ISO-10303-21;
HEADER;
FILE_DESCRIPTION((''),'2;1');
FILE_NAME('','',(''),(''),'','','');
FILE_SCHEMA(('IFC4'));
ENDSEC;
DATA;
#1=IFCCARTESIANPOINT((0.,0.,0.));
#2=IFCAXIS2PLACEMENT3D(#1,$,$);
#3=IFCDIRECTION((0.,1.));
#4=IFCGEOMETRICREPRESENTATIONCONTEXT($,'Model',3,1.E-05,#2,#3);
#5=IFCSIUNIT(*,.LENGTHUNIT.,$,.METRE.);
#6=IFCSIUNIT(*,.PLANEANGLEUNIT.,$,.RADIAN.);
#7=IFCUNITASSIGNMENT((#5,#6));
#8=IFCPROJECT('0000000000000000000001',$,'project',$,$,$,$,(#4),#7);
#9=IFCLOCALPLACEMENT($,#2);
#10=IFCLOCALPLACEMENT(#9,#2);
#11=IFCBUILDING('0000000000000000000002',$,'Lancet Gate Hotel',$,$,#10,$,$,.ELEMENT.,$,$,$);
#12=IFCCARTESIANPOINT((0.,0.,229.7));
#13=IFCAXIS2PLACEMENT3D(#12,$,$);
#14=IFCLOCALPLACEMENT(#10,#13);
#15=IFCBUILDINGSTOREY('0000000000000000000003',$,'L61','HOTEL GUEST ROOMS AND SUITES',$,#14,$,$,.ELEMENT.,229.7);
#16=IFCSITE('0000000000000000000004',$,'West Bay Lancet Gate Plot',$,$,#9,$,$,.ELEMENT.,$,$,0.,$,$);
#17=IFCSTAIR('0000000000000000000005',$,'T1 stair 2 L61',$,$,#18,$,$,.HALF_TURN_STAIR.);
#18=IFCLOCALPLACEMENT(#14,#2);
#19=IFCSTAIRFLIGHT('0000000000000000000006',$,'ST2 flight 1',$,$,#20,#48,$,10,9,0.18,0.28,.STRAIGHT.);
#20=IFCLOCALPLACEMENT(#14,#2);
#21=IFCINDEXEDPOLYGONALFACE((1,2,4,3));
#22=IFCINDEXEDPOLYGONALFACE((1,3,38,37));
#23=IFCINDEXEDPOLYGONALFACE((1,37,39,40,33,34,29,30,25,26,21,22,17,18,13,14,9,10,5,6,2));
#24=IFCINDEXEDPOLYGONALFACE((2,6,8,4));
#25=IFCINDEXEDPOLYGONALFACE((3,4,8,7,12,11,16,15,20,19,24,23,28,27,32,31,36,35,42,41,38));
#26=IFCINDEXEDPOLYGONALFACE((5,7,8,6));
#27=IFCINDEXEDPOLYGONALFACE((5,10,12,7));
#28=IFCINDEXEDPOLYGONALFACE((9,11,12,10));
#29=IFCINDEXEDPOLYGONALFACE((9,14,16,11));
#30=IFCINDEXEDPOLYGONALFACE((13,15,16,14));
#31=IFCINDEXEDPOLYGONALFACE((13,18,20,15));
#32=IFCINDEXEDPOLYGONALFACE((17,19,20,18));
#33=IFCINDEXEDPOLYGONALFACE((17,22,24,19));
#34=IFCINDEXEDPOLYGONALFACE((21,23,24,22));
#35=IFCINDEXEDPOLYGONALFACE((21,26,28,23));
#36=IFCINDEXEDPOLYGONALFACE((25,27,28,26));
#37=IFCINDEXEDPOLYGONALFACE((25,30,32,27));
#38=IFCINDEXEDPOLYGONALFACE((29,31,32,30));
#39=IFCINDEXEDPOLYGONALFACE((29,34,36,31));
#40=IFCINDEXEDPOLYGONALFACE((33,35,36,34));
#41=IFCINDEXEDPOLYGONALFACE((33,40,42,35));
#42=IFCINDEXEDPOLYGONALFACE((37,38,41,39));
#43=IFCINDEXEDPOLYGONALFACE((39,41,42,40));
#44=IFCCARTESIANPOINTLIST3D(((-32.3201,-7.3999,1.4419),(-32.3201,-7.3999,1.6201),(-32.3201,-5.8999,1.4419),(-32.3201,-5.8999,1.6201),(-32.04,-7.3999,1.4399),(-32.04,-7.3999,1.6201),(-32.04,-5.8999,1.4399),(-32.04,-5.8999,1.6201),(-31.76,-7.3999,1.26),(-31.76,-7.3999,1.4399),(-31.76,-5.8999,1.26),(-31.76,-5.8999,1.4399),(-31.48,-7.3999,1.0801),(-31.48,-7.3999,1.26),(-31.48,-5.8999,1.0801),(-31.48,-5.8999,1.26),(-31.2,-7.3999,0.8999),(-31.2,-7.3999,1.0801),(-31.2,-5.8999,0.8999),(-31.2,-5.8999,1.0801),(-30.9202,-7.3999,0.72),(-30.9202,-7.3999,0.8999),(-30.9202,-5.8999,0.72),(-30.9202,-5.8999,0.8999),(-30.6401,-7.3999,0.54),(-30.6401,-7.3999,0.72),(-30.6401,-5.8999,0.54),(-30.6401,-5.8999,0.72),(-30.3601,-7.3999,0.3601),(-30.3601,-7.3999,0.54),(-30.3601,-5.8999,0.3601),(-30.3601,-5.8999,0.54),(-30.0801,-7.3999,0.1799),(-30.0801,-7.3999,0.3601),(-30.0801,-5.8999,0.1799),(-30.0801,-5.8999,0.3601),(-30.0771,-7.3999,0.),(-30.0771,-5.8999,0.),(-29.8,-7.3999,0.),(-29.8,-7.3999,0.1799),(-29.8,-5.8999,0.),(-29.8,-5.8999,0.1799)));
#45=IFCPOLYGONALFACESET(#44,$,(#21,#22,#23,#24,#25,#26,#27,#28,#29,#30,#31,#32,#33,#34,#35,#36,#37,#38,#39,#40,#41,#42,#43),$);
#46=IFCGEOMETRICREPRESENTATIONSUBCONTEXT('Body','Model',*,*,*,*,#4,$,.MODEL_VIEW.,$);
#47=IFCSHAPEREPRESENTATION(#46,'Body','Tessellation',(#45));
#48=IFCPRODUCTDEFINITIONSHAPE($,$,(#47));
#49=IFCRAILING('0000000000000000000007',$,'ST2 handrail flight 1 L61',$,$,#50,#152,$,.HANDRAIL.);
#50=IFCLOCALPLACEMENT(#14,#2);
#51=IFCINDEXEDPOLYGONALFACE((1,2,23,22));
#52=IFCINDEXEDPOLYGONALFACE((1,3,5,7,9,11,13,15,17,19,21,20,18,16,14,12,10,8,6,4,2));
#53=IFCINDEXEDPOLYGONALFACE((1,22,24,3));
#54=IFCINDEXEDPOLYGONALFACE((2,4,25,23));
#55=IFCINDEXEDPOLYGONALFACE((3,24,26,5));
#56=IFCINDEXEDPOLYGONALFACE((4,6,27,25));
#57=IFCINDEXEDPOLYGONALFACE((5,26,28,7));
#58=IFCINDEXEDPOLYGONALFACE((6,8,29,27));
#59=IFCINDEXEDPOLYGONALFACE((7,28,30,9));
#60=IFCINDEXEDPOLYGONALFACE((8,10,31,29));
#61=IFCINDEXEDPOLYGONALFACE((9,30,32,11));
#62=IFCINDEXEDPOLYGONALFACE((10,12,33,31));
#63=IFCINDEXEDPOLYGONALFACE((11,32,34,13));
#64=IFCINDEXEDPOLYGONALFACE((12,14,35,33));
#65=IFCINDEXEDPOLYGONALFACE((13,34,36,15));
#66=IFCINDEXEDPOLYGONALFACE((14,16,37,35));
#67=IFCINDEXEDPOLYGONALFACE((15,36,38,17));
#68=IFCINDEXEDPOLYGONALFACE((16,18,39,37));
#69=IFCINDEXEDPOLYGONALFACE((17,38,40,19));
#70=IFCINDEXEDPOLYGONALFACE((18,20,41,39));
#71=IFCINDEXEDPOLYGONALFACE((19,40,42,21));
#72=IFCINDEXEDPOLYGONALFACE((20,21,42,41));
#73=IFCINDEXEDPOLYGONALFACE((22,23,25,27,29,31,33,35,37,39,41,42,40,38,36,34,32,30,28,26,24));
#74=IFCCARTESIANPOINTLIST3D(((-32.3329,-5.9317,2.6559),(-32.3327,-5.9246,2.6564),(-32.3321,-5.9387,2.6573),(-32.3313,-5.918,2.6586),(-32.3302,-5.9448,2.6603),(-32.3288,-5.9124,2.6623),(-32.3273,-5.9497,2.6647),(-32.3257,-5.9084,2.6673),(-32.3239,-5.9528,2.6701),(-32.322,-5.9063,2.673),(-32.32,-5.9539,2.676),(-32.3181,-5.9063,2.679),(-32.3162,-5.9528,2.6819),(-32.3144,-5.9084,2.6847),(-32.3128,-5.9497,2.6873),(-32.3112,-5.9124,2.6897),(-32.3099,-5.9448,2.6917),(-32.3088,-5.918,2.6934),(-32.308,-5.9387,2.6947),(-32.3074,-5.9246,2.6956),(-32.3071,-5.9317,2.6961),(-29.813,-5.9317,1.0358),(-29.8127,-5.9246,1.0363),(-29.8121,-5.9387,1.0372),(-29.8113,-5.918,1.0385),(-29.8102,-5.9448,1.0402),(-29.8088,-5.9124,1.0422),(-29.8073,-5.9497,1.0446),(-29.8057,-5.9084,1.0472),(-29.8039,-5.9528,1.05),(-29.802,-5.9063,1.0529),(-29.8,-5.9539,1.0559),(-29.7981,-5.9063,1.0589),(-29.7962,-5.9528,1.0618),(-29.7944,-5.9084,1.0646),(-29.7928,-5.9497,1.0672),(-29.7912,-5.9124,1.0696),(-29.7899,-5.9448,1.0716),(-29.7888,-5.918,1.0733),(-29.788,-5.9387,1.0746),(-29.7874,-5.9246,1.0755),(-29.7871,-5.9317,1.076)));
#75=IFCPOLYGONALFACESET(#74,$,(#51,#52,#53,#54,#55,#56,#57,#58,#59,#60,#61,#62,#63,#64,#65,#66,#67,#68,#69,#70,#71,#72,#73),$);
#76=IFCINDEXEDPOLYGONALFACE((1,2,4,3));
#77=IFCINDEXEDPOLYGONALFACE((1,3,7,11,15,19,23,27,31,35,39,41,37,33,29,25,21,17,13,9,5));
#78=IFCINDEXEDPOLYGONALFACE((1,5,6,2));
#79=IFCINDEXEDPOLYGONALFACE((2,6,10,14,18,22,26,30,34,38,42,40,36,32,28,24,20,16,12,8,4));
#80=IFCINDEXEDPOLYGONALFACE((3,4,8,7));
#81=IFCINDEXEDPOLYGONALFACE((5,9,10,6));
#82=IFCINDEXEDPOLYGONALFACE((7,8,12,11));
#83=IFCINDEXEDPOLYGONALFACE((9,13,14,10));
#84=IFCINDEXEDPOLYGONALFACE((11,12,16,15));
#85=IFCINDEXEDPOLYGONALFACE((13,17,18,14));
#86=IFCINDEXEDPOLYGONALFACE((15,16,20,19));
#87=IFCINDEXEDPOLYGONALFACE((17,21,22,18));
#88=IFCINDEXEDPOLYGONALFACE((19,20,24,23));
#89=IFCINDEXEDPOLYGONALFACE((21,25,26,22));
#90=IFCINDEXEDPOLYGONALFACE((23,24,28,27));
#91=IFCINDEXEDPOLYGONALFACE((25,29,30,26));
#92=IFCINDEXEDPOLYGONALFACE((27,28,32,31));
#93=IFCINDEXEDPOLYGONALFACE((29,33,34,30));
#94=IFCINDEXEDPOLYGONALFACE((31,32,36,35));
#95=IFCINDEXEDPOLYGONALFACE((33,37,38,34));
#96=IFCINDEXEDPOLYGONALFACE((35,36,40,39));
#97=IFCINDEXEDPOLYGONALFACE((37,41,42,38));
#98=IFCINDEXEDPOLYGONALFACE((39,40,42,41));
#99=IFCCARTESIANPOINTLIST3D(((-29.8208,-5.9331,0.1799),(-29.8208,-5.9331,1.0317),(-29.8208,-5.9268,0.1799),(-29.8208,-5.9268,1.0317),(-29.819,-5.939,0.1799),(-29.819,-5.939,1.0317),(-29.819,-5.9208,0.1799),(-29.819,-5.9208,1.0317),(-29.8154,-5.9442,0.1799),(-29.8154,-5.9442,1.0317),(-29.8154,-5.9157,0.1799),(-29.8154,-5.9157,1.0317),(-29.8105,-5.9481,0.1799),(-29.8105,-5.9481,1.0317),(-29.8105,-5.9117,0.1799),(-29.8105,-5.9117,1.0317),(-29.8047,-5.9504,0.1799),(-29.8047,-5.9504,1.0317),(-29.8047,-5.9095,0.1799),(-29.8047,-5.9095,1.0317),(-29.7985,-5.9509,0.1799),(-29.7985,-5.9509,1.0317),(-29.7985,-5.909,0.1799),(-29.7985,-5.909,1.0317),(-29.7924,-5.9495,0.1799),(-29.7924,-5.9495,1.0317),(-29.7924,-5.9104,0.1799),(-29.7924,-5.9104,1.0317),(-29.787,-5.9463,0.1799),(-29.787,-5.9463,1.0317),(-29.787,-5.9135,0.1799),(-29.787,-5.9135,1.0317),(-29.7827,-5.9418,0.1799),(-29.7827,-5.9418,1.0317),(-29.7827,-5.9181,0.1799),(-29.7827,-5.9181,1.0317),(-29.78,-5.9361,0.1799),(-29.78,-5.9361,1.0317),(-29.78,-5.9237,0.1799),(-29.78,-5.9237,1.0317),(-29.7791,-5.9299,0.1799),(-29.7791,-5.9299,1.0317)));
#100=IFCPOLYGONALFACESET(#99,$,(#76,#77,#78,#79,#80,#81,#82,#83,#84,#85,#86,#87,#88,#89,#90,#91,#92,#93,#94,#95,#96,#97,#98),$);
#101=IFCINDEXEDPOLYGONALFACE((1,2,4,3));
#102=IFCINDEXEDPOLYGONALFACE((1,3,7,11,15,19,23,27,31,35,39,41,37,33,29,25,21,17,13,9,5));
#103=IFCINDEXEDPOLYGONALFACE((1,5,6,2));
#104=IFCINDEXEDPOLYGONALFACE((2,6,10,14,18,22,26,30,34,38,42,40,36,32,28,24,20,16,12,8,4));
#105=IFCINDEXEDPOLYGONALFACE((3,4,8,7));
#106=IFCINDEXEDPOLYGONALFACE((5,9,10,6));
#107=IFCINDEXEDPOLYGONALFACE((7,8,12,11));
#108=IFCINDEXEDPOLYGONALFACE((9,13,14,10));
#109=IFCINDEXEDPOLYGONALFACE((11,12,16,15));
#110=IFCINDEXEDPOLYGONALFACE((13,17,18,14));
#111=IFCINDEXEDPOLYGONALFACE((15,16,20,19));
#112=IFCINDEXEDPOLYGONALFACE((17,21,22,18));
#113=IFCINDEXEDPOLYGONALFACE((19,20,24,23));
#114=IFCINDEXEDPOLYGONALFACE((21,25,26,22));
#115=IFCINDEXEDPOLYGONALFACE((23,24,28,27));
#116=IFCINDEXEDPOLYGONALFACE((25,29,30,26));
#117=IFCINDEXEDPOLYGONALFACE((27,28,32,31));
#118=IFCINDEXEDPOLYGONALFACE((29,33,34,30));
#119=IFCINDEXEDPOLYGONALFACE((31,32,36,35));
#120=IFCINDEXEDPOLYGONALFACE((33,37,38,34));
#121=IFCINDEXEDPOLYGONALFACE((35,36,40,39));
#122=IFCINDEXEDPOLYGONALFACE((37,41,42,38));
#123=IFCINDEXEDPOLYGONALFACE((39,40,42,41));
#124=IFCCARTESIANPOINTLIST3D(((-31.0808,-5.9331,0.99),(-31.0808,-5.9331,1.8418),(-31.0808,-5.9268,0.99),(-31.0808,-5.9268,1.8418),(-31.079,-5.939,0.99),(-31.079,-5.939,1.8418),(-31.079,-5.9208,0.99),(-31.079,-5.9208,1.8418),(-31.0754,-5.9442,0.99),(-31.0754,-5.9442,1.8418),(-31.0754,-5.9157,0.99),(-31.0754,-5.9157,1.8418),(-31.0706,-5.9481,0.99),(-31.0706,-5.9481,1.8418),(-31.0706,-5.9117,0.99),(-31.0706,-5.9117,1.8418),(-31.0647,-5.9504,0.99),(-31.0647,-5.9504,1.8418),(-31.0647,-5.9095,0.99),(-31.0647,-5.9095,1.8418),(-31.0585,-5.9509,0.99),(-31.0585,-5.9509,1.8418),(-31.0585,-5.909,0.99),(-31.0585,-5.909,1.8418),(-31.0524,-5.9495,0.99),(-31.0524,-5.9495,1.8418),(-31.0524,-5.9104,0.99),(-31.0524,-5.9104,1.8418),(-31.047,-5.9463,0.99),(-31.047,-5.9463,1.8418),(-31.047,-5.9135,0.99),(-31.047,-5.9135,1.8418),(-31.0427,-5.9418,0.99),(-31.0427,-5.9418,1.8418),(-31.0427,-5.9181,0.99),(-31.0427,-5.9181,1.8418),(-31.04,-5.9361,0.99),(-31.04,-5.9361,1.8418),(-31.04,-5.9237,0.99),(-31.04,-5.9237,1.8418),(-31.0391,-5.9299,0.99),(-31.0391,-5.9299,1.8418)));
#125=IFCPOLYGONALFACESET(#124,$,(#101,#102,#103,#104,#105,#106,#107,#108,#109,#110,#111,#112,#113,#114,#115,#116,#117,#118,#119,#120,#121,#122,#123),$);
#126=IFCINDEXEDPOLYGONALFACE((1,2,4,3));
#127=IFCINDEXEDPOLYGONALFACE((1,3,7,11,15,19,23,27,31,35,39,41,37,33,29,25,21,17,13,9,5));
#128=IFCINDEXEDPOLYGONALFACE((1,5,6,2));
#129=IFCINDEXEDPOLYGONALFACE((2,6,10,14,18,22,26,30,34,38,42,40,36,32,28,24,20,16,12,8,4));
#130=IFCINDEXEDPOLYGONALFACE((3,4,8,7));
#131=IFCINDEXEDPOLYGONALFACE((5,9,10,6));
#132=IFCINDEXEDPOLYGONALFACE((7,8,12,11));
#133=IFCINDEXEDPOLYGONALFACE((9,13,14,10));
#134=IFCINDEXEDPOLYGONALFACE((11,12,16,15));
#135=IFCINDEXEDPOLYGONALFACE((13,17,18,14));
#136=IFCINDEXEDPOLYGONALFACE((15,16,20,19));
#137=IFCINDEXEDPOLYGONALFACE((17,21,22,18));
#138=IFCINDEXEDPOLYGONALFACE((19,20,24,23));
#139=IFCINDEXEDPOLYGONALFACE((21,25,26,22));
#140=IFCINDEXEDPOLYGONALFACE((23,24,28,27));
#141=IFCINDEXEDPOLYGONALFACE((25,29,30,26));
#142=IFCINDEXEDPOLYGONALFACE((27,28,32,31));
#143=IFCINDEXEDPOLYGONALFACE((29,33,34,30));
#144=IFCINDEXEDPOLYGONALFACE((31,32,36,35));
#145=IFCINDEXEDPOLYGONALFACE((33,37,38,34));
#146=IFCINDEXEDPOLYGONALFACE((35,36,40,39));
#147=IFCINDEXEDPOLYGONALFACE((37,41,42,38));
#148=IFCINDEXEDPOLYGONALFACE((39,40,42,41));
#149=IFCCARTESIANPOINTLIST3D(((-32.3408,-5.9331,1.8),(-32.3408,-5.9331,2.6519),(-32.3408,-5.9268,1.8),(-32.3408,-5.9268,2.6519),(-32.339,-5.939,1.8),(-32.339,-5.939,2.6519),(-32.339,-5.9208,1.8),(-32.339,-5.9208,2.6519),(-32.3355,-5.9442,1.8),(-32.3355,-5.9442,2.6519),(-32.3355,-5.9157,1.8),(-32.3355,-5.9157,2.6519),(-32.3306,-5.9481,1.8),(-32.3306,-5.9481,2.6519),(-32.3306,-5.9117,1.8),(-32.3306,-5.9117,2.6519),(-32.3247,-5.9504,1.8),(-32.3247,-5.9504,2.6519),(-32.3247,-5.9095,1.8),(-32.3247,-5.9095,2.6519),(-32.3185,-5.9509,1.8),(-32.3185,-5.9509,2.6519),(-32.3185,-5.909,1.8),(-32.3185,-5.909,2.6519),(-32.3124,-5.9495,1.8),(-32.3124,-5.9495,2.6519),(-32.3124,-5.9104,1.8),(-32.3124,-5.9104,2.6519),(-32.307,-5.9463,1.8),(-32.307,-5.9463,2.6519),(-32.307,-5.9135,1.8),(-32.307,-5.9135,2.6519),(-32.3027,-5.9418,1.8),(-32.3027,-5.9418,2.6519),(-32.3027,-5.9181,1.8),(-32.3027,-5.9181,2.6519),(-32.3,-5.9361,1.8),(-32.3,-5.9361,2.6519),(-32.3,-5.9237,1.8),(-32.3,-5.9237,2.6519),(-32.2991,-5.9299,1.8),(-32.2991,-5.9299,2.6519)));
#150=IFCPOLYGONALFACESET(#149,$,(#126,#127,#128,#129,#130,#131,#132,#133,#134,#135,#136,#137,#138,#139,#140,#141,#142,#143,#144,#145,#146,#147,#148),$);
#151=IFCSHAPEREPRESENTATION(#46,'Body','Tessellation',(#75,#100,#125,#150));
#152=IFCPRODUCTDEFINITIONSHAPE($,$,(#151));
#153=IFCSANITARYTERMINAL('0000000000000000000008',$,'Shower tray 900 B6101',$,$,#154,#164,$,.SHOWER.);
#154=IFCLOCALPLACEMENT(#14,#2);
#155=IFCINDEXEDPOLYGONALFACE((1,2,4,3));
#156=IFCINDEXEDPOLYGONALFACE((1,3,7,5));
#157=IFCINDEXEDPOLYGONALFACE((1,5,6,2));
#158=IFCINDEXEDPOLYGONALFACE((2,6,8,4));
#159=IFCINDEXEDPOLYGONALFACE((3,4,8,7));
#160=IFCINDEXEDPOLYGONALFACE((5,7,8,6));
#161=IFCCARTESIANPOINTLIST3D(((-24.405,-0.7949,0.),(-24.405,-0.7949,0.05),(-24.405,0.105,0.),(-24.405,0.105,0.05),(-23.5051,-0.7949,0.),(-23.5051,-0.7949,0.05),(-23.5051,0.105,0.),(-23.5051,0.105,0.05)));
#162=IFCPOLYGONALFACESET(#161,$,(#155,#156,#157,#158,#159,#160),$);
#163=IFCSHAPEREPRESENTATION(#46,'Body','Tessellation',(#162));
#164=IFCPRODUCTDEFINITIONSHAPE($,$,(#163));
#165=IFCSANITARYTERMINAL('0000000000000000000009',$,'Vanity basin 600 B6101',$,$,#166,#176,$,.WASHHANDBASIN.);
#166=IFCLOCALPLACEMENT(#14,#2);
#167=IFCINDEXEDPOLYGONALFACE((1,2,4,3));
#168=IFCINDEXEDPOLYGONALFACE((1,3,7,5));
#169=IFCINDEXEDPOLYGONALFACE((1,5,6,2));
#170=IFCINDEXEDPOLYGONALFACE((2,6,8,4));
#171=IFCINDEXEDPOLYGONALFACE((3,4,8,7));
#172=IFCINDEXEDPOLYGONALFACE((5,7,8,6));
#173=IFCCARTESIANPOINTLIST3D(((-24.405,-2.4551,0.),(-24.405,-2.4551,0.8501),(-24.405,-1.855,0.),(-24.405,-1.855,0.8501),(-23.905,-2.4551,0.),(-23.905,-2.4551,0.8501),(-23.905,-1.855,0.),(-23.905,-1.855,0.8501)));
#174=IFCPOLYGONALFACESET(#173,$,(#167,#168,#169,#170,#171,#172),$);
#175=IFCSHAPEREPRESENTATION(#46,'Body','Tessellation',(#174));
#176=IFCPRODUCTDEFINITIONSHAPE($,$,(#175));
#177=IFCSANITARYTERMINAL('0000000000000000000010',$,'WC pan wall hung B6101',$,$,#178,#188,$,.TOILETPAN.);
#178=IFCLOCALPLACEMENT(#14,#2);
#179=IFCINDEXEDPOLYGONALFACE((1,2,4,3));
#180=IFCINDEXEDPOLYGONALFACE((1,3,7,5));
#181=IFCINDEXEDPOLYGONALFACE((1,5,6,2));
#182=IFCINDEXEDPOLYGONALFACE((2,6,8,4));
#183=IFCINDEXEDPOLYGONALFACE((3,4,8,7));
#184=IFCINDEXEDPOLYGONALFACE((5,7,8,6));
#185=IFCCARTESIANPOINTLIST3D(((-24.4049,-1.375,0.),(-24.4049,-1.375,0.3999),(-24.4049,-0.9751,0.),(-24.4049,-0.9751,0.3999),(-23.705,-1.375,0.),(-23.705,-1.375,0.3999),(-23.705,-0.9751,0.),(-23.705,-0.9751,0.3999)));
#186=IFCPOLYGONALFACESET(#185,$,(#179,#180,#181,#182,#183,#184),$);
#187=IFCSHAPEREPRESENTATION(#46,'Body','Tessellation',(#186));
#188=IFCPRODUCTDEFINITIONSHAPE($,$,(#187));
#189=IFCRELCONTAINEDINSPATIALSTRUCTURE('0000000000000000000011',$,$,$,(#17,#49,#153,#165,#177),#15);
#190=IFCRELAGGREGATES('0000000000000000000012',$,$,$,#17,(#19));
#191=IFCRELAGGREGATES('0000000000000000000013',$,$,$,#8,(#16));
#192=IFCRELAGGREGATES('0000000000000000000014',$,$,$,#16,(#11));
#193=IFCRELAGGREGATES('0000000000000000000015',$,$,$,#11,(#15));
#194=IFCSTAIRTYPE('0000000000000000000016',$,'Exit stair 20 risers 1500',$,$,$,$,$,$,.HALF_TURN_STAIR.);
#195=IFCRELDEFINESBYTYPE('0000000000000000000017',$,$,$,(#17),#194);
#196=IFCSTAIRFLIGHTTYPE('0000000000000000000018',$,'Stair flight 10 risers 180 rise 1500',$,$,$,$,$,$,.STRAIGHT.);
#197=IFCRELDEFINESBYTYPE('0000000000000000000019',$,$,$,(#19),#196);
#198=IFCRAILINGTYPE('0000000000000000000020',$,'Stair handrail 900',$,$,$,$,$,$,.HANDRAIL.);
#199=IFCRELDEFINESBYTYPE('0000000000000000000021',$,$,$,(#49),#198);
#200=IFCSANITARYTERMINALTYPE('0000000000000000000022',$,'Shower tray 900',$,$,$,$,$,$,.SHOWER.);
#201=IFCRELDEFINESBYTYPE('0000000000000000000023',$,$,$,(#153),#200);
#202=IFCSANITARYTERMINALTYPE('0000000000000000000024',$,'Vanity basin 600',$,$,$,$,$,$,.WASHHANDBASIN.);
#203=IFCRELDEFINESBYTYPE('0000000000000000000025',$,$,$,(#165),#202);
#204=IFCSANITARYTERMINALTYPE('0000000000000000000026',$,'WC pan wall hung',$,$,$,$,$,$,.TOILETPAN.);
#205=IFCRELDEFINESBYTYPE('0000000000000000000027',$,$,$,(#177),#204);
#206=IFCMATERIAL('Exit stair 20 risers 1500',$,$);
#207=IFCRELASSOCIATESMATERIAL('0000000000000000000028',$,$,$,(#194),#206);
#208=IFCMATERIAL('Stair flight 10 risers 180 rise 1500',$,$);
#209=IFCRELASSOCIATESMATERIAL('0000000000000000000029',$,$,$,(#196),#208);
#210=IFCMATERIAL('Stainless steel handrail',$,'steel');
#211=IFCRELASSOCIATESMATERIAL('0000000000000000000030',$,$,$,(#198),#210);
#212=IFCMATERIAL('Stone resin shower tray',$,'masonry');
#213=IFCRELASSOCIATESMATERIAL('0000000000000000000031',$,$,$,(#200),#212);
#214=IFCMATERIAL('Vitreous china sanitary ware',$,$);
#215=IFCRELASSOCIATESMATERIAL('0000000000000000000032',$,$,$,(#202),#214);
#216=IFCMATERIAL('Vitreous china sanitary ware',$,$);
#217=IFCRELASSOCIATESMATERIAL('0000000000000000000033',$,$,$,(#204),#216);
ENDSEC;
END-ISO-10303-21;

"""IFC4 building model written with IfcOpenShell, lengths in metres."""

from ifc_helpers import new_model, si_unit, direction, frame, origin, origin_2d, place, context, subcontext, project, spatial, polyline, rectangle, circle, outline, extrude, material, type_object, element, aggregate, save


model = new_model("IFC4")

# Units and contexts
model_context = context("Model", 3, precision=1e-05, world=origin(), true_north=direction((0.0, 1.0)))
body_context = subcontext(model_context, "Body", "Model", "MODEL_VIEW")
ifc_project = project(units=[si_unit("LENGTHUNIT", "METRE"), si_unit("PLANEANGLEUNIT", "RADIAN")], contexts=[model_context])

# Site, building, storey
site_placement = place(None, origin())
site = spatial("IfcSite", under=ifc_project, at=site_placement, Name="West Bay Lancet Gate Plot", CompositionType="ELEMENT", RefElevation=0.0)
building_placement = place(site_placement, origin())
building = spatial("IfcBuilding", under=site, at=building_placement, Name="Lancet Gate Hotel", CompositionType="ELEMENT")
storey_placement = place(building_placement, frame((0.0, 0.0, 229.7)))
storey = spatial("IfcBuildingStorey", under=building, at=storey_placement, Name="L61", Description="HOTEL GUEST ROOMS AND SUITES", CompositionType="ELEMENT", Elevation=229.7)

# Stair, stair flight
ifc_material_1 = material(Name="Exit stair 20 risers 1500")
stair_type = type_object("IfcStairType", Name="Exit stair 20 risers 1500", PredefinedType="HALF_TURN_STAIR", material=ifc_material_1)
stair_placement = place(storey_placement, origin())
stair = element("IfcStair", 1, at=stair_placement, inside=storey, type_object=stair_type, Name="T1 stair 2 L61", PredefinedType="HALF_TURN_STAIR")
ifc_material_2 = material(Name="Stair flight 10 risers 180 rise 1500")
stair_flight_type = type_object("IfcStairFlightType", Name="Stair flight 10 risers 180 rise 1500", PredefinedType="STRAIGHT", material=ifc_material_2)
stair_flight_placement = place(storey_placement, frame((-29.8, -6.6499, 0.0), z_axis=(0.0, 0.0, 1.0), x_axis=(-1.0, 0.0, 0.0)))
stair_flight = element("IfcStairFlight", 2, at=stair_flight_placement, type_object=stair_flight_type, Name="ST2 flight 1", NumberOfRisers=10, NumberOfTreads=9, PredefinedType="STRAIGHT", RiserHeight=0.18, TreadLength=0.28, context=body_context, shape_type="SweptSolid", body=[
    extrude(outline(polyline([(0.0, 0.0), (0.0, 0.1799), (0.28, 0.1799), (0.28, 0.3601), (0.5601, 0.3601), (0.5601, 0.54), (0.8401, 0.54), (0.8401, 0.72), (1.1201, 0.72), (1.1201, 0.8999), (1.3999, 0.8999), (1.3999, 1.0801), (1.6799, 1.0801), (1.6799, 1.26), (1.96, 1.26), (1.96, 1.4399), (2.24, 1.4399), (2.24, 1.6201), (2.52, 1.6201), (2.52, 1.8), (2.52, 1.4419), (0.2771, 0.0), (0.0, 0.0)])), frame((0.0, 0.75, 0.0), z_axis=(0.0, -1.0, 0.0), x_axis=(1.0, 0.0, 0.0)), (0.0, 0.0, 1.0), 1.5),
])
aggregate(stair, [stair_flight])

# Railing
ifc_material_3 = material(Name="Stainless steel handrail", Category="steel")
railing_type = type_object("IfcRailingType", Name="Stair handrail 900", PredefinedType="HANDRAIL", material=ifc_material_3)
railing_placement = place(storey_placement, frame((-29.8, -5.9299, 0.1799)))
element("IfcRailing", 3, at=railing_placement, inside=storey, type_object=railing_type, Name="ST2 handrail flight 1 L61", PredefinedType="HANDRAIL", context=body_context, shape_type="SweptSolid", body=[
    extrude(circle(Radius=0.0239, at=origin_2d()), frame((0.0, 0.0, 0.876), z_axis=(-0.841163, 0.0, 0.540782), x_axis=(0.0, -1.0, 0.0)), (0.0, 0.0, 1.0), 2.9958),
    extrude(circle(Radius=0.021, at=origin_2d()), origin(), (0.0, 0.0, 1.0), 0.8518),
    extrude(circle(Radius=0.021, at=origin_2d()), frame((-1.26, 0.0, 0.8101)), (0.0, 0.0, 1.0), 0.8518),
    extrude(circle(Radius=0.021, at=origin_2d()), frame((-2.52, 0.0, 1.6201)), (0.0, 0.0, 1.0), 0.8518),
])

# Sanitary terminals
ifc_material_4 = material(Name="Stone resin shower tray", Category="masonry")
sanitary_terminal_type_1 = type_object("IfcSanitaryTerminalType", Name="Shower tray 900", PredefinedType="SHOWER", material=ifc_material_4)
sanitary_terminal_1_placement = place(storey_placement, frame((-23.9551, -0.345, 0.0), z_axis=(0.0, 0.0, 1.0), x_axis=(0.0, 1.0, 0.0)))
element("IfcSanitaryTerminal", 4, at=sanitary_terminal_1_placement, inside=storey, type_object=sanitary_terminal_type_1, Name="Shower tray 900 B6101", PredefinedType="SHOWER", context=body_context, shape_type="SweptSolid", body=[
    extrude(rectangle(XDim=0.8999, YDim=0.8999, at=origin_2d()), origin(), (0.0, 0.0, 1.0), 0.05),
])
ifc_material_5 = material(Name="Vitreous china sanitary ware")
sanitary_terminal_type_2 = type_object("IfcSanitaryTerminalType", Name="Vanity basin 600", PredefinedType="WASHHANDBASIN", material=ifc_material_5)
sanitary_terminal_2_placement = place(storey_placement, frame((-24.155, -2.155, 0.0), z_axis=(0.0, 0.0, 1.0), x_axis=(0.0, 1.0, 0.0)))
element("IfcSanitaryTerminal", 5, at=sanitary_terminal_2_placement, inside=storey, type_object=sanitary_terminal_type_2, Name="Vanity basin 600 B6101", PredefinedType="WASHHANDBASIN", context=body_context, shape_type="SweptSolid", body=[
    extrude(rectangle(XDim=0.6001, YDim=0.5, at=origin_2d()), origin(), (0.0, 0.0, 1.0), 0.8501),
])
ifc_material_6 = material(Name="Vitreous china sanitary ware")
sanitary_terminal_type_3 = type_object("IfcSanitaryTerminalType", Name="WC pan wall hung", PredefinedType="TOILETPAN", material=ifc_material_6)
sanitary_terminal_3_placement = place(storey_placement, frame((-24.0549, -1.175, 0.0), z_axis=(0.0, 0.0, 1.0), x_axis=(0.0, 1.0, 0.0)))
element("IfcSanitaryTerminal", 6, at=sanitary_terminal_3_placement, inside=storey, type_object=sanitary_terminal_type_3, Name="WC pan wall hung B6101", PredefinedType="TOILETPAN", context=body_context, shape_type="SweptSolid", body=[
    extrude(rectangle(XDim=0.3999, YDim=0.7, at=origin_2d()), origin(), (0.0, 0.0, 1.0), 0.3999),
])

save(model, "model.ifc")
